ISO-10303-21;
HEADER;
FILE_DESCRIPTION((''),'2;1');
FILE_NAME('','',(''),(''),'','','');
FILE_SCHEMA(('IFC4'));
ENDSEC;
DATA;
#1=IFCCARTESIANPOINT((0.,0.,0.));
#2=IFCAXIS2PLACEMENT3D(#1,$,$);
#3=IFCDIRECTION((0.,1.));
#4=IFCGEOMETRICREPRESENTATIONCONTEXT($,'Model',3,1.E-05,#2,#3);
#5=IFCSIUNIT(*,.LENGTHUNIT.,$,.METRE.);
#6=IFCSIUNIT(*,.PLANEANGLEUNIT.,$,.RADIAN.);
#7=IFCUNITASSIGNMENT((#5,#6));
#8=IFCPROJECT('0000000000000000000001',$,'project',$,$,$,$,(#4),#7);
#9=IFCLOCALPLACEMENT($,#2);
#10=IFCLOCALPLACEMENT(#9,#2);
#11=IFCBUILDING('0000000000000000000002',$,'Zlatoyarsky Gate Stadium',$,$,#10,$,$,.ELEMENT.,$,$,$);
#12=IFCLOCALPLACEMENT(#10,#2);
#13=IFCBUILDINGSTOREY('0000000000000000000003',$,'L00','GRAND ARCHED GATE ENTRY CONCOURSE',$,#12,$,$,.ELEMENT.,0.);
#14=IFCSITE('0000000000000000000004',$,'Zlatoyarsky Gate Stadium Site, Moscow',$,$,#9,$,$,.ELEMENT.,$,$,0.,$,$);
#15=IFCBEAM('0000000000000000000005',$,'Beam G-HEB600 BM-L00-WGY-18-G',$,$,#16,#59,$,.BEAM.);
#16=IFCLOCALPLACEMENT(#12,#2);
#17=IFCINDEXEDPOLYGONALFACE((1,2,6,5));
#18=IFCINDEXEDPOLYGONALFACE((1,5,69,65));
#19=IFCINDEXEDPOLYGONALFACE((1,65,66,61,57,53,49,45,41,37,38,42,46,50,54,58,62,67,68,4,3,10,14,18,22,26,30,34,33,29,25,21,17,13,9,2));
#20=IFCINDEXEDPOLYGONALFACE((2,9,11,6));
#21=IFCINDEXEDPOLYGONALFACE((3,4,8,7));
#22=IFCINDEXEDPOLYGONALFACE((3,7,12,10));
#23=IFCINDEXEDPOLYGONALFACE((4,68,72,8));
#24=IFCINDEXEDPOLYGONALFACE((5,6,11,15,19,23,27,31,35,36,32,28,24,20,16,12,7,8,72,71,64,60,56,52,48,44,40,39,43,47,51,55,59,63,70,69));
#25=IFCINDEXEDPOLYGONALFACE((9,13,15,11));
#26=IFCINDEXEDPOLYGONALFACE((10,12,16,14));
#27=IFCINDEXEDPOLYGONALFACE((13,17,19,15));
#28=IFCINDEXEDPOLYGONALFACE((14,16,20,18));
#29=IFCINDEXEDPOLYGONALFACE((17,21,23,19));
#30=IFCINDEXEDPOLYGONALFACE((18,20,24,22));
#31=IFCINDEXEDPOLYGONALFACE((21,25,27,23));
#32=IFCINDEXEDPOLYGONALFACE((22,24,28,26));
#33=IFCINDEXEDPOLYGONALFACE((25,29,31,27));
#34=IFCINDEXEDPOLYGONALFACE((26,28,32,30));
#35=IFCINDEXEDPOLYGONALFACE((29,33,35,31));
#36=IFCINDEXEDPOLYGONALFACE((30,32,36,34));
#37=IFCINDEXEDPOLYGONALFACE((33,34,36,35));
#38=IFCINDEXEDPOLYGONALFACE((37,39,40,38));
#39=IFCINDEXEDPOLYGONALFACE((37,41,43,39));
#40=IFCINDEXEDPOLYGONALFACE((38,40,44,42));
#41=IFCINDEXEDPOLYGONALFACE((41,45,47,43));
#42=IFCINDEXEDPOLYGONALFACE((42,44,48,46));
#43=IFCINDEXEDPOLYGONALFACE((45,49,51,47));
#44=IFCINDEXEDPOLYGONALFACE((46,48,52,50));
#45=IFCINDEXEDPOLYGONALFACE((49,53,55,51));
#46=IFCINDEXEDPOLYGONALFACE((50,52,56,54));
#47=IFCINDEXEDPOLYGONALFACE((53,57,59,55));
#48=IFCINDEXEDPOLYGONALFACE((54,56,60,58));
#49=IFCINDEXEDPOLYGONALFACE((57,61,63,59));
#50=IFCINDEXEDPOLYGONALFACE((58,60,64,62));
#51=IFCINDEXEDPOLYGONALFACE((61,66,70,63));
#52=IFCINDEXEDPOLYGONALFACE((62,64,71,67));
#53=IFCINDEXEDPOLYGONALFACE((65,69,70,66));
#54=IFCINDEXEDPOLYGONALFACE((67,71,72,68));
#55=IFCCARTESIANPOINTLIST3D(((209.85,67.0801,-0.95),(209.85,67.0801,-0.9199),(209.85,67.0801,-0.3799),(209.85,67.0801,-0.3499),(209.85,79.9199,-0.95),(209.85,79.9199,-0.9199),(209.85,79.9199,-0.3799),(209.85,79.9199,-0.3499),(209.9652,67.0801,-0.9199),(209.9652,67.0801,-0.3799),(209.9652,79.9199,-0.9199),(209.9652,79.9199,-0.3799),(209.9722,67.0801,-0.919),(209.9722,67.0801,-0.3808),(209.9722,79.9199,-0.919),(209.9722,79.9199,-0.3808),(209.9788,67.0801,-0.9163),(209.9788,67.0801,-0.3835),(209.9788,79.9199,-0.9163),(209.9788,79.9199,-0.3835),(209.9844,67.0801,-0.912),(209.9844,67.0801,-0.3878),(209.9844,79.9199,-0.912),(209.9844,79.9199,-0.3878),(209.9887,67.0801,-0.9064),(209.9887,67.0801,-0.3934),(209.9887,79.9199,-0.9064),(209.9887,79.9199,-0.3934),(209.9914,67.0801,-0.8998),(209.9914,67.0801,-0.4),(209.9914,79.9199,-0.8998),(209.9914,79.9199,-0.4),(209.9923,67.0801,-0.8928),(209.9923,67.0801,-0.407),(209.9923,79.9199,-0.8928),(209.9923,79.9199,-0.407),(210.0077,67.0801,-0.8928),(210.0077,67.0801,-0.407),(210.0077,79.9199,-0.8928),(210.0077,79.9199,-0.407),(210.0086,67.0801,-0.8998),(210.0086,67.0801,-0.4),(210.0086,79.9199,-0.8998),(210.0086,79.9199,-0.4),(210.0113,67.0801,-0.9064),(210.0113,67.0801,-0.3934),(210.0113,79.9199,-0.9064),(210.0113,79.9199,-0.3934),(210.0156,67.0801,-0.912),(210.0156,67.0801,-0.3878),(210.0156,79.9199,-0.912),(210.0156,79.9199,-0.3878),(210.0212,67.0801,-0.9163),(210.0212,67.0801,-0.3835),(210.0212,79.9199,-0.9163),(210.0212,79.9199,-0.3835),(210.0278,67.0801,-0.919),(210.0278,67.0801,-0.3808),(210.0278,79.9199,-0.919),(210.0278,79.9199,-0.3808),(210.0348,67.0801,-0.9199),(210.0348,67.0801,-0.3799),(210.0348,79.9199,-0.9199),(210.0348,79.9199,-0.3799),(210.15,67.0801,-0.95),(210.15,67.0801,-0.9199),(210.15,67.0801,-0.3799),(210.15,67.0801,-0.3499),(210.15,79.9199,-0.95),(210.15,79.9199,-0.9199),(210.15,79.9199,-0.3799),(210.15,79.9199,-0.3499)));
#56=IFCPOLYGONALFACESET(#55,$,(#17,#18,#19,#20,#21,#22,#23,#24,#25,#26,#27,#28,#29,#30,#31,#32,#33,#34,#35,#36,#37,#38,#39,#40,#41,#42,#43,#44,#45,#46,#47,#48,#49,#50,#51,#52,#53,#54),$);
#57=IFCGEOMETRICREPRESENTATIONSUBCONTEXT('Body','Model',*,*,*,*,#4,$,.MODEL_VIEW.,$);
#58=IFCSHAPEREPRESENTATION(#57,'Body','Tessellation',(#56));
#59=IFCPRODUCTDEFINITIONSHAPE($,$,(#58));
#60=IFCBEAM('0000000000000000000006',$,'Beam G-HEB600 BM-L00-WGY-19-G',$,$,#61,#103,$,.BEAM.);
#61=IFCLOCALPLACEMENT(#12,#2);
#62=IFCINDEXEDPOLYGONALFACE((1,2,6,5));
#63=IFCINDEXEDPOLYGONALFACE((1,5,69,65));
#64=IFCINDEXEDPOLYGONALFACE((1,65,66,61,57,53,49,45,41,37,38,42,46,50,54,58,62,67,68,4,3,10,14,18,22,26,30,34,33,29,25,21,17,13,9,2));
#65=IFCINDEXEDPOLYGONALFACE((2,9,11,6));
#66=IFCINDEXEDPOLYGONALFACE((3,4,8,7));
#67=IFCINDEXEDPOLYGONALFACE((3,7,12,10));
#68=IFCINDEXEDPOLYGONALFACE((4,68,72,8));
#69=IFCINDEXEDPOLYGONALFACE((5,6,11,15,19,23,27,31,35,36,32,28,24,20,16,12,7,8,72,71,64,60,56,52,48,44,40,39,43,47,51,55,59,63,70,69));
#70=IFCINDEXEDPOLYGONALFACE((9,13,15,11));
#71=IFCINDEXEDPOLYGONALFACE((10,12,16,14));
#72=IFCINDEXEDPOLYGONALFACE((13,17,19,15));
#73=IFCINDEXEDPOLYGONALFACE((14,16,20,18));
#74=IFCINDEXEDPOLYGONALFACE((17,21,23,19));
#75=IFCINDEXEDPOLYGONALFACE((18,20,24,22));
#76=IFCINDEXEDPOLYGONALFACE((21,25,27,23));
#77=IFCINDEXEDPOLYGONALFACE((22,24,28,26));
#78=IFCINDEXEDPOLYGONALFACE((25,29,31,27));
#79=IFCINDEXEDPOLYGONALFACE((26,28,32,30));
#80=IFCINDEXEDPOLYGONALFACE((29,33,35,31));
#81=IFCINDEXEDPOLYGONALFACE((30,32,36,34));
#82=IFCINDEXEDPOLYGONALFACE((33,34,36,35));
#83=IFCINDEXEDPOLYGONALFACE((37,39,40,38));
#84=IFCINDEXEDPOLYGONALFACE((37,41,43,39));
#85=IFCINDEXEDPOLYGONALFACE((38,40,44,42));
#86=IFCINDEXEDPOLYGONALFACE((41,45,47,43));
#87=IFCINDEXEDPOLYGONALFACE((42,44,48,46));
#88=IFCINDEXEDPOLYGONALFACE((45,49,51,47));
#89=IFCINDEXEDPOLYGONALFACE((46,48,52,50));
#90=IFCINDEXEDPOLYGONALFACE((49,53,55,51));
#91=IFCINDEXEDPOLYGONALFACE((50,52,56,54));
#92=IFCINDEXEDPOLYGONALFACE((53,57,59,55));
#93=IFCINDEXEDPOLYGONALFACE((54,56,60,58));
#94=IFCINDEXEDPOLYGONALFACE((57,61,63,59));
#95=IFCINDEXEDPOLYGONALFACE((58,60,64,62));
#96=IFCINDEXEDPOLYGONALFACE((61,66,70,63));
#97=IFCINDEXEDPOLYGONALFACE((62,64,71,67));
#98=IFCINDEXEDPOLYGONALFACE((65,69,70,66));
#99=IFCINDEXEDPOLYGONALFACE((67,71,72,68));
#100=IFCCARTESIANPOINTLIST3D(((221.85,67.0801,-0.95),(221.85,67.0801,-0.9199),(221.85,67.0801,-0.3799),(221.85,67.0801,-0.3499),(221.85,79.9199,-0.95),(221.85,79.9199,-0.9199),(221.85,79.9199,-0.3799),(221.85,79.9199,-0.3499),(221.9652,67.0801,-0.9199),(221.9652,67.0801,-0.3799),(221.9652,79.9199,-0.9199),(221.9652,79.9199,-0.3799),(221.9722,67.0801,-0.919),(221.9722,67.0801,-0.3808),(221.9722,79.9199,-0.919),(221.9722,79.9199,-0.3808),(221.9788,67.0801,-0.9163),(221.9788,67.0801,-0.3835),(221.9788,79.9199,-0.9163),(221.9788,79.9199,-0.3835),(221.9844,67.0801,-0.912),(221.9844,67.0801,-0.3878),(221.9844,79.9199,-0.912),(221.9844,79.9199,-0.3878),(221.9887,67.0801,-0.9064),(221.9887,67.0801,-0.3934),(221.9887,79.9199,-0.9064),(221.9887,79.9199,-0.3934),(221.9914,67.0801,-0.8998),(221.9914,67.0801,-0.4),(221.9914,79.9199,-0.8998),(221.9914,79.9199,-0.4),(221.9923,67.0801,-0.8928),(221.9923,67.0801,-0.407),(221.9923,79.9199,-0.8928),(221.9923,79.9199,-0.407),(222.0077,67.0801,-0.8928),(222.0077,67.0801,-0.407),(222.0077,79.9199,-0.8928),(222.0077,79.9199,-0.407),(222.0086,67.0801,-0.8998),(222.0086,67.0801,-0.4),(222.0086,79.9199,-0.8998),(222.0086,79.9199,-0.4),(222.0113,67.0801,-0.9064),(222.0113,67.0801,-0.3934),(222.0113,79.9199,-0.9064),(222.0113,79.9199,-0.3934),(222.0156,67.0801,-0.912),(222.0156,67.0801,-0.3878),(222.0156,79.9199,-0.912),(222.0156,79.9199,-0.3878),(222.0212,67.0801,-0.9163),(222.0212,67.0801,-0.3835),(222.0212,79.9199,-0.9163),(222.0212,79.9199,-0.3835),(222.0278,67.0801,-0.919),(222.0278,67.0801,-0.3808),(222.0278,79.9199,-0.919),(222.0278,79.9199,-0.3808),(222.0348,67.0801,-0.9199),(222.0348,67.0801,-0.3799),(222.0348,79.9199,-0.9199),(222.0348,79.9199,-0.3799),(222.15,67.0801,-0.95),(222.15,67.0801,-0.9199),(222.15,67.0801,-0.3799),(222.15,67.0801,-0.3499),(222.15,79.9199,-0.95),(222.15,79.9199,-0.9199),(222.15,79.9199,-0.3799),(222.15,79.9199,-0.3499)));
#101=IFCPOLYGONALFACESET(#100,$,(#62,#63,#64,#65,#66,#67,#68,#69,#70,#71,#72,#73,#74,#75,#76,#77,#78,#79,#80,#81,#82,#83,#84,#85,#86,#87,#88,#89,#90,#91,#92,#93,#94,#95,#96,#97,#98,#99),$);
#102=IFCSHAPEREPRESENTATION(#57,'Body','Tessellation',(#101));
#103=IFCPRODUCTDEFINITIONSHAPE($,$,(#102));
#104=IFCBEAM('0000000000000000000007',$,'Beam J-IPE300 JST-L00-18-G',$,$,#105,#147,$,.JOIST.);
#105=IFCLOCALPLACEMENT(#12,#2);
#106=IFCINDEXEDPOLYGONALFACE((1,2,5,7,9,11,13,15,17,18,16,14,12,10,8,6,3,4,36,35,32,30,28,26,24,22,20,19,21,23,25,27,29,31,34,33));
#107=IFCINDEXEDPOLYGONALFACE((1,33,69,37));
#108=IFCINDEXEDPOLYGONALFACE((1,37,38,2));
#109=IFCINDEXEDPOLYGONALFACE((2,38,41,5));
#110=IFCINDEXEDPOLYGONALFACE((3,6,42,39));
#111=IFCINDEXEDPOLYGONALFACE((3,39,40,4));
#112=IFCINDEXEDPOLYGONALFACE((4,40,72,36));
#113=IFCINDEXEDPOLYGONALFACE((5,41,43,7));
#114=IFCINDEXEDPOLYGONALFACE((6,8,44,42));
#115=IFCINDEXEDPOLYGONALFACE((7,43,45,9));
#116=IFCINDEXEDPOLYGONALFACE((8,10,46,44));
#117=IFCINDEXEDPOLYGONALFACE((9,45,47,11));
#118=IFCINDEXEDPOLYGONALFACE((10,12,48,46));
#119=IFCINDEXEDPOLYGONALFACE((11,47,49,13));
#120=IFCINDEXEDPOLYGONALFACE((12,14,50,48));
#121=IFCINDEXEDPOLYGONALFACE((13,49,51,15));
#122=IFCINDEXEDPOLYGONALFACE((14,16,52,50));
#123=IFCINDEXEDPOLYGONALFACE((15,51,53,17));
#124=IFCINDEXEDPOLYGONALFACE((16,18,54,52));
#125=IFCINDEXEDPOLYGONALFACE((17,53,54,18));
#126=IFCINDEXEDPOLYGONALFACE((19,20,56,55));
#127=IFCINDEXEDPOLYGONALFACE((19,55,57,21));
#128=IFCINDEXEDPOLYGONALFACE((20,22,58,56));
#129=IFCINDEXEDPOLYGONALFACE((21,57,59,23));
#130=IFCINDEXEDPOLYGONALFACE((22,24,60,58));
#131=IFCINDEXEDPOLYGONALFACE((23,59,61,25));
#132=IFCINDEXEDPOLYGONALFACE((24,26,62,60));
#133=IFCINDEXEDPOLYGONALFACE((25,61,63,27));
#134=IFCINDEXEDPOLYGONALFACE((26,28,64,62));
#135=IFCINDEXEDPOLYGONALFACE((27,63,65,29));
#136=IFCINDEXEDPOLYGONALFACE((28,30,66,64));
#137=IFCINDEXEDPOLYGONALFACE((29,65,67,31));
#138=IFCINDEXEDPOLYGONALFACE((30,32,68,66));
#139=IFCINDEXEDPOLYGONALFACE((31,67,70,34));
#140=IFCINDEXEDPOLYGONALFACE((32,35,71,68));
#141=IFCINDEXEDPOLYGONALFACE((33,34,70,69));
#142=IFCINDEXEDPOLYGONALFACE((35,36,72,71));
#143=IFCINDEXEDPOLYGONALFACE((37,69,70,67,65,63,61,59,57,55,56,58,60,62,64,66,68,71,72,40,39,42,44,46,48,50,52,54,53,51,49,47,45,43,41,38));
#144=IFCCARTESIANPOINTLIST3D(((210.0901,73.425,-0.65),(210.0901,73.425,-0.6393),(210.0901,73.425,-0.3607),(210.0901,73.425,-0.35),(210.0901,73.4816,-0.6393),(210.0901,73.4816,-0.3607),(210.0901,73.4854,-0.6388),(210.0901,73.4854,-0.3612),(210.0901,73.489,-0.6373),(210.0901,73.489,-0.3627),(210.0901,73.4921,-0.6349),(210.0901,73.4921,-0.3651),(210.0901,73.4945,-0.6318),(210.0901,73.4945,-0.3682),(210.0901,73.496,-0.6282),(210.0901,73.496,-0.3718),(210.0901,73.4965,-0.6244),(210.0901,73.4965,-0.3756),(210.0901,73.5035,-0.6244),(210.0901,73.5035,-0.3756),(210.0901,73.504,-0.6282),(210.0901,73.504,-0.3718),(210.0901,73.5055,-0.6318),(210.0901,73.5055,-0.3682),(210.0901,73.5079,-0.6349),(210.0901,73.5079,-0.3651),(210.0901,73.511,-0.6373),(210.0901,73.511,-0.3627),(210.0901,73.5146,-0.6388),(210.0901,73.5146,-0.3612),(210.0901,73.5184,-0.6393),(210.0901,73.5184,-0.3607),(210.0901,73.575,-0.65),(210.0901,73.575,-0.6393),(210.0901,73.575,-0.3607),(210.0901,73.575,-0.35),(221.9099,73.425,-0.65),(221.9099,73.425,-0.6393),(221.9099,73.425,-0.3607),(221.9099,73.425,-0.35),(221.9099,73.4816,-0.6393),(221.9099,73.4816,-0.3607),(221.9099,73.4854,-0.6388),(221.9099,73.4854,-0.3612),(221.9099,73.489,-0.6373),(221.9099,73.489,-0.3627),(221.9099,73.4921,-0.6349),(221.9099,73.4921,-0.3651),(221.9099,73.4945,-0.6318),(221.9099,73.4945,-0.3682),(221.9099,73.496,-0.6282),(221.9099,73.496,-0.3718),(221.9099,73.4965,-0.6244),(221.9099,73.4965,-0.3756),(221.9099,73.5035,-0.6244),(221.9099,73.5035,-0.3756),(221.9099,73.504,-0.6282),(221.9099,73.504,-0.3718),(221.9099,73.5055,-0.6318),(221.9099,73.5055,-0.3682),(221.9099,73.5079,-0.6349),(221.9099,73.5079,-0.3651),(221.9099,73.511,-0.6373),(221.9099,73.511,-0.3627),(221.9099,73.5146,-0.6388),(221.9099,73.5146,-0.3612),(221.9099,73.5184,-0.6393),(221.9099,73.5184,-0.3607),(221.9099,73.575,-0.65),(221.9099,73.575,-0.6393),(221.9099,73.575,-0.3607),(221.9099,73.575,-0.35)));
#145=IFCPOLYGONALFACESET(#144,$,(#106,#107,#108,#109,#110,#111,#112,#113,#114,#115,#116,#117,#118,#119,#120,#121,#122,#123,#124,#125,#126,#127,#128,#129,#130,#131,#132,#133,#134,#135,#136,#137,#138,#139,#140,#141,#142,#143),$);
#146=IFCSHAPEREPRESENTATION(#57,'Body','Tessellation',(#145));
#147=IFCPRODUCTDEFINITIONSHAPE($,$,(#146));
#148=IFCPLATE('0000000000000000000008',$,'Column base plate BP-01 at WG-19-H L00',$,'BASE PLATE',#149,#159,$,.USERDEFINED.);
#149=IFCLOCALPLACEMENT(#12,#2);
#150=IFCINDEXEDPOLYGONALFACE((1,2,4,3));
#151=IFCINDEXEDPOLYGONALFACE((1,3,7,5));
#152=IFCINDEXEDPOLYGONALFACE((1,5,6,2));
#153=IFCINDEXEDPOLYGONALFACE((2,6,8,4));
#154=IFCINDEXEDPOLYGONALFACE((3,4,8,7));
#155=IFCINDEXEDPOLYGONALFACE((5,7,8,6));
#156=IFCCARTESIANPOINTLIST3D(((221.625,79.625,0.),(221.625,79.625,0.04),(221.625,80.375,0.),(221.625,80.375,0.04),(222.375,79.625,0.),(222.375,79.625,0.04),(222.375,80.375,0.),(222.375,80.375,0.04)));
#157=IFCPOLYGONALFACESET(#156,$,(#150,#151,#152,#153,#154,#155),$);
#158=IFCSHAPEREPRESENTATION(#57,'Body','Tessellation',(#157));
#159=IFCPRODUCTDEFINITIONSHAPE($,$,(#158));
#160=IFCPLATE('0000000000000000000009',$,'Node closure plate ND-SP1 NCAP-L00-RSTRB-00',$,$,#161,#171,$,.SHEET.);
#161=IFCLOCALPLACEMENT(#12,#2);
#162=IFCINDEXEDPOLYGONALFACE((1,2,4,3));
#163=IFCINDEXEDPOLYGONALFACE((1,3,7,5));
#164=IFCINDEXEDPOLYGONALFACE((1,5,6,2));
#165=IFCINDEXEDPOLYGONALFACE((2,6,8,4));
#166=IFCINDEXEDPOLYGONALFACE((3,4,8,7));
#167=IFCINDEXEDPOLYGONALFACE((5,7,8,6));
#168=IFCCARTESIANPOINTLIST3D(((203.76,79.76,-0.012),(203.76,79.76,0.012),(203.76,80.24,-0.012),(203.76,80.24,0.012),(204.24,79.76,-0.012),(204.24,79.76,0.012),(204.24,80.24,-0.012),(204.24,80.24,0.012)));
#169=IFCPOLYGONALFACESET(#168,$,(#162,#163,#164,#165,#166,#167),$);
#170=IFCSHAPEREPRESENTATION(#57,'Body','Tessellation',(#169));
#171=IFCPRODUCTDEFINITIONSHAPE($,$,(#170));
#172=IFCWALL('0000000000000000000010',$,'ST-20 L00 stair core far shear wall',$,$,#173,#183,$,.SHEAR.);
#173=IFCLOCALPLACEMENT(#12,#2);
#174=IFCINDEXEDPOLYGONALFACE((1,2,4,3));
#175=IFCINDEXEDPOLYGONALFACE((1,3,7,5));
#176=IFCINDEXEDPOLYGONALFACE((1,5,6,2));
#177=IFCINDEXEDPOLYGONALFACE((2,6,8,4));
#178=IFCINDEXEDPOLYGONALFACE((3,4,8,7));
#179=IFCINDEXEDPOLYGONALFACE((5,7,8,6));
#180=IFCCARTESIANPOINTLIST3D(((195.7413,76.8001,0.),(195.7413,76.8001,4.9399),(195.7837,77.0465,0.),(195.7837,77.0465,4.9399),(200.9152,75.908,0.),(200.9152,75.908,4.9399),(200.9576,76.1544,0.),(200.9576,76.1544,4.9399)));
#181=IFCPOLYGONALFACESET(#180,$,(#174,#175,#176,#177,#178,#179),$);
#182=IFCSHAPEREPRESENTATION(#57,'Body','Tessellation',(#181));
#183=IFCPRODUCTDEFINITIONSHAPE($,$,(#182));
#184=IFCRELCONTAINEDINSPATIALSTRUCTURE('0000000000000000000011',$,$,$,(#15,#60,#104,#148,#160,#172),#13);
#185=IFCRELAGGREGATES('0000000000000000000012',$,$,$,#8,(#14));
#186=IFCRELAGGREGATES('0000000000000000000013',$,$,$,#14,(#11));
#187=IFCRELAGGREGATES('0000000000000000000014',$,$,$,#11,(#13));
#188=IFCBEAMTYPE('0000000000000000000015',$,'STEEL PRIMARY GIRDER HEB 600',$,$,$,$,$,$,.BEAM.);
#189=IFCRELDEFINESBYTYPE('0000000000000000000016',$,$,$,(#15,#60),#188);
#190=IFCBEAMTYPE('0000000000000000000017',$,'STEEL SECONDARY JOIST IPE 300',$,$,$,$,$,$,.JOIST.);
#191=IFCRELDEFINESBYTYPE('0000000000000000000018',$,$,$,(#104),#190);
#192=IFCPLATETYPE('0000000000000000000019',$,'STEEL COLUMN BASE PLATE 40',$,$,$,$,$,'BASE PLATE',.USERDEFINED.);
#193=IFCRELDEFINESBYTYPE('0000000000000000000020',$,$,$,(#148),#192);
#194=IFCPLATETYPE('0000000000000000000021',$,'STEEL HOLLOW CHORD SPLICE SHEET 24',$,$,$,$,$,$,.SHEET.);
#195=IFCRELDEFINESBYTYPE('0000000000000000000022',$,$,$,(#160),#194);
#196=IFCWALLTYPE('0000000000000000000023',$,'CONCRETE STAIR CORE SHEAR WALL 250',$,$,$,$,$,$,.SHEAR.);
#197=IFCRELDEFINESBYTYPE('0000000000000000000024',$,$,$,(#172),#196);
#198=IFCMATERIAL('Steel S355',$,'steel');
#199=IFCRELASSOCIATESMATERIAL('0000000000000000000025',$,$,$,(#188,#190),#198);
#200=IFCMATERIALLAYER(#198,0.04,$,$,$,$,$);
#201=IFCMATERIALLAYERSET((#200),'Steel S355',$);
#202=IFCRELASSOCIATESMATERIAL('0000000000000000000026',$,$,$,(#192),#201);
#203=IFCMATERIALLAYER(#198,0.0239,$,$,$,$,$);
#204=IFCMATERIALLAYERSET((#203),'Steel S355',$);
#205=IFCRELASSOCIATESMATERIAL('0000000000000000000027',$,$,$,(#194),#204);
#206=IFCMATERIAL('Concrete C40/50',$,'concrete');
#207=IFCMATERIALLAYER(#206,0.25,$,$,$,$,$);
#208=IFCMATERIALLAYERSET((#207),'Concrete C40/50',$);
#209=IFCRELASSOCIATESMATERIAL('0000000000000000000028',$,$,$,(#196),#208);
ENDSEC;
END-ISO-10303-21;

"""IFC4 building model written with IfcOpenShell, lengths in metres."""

from ifc_helpers import new_model, si_unit, direction, frame, frame_2d, origin, origin_2d, place, context, subcontext, project, spatial, rectangle, i_section, extrude, material, layer, layer_set, material_profile, profile_set, type_object, element, save


model = new_model("IFC4")

# Units and contexts
model_context = context("Model", 3, precision=1e-05, world=origin(), true_north=direction((0.0, 1.0)))
body_context = subcontext(model_context, "Body", "Model", "MODEL_VIEW")
ifc_project = project(units=[si_unit("LENGTHUNIT", "METRE"), si_unit("PLANEANGLEUNIT", "RADIAN")], contexts=[model_context])

# Site, building, storey
site_placement = place(None, origin())
site = spatial("IfcSite", under=ifc_project, at=site_placement, Name="Zlatoyarsky Gate Stadium Site, Moscow", CompositionType="ELEMENT", RefElevation=0.0)
building_placement = place(site_placement, origin())
building = spatial("IfcBuilding", under=site, at=building_placement, Name="Zlatoyarsky Gate Stadium", CompositionType="ELEMENT")
storey_placement = place(building_placement, origin())
storey = spatial("IfcBuildingStorey", under=building, at=storey_placement, Name="L00", Description="GRAND ARCHED GATE ENTRY CONCOURSE", CompositionType="ELEMENT", Elevation=0.0)

# Shared definitions
ifc_material_1 = material(Name="Concrete C40/50", Category="concrete")
ifc_material_2 = material(Name="Steel S355", Category="steel")

# Beams
ifc_material_profile_1 = material_profile(ifc_material_2, i_section(OverallWidth=0.3, OverallDepth=0.6001, WebThickness=0.0154, FlangeThickness=0.03, FilletRadius=0.0271, at=origin_2d()), Name="HEB 600")
ifc_profile_set_1 = profile_set([ifc_material_profile_1], Name="Steel S355")
beam_type_1 = type_object("IfcBeamType", Name="STEEL PRIMARY GIRDER HEB 600", PredefinedType="BEAM", material=ifc_profile_set_1)
for number, where, z_axis, x_axis, name in (
    (1, (210.0, 67.0801, -0.6499), (0.0, 1.0, 0.0), (-1.0, 0.0, 0.0), "Beam G-HEB600 BM-L00-WGY-18-G"),
    (2, (222.0, 67.0801, -0.6499), (0.0, 1.0, 0.0), (-1.0, 0.0, 0.0), "Beam G-HEB600 BM-L00-WGY-19-G"),
):
    element("IfcBeam", number, at=place(storey_placement, frame(where, z_axis=z_axis, x_axis=x_axis)), inside=storey, type_object=beam_type_1, Name=name, PredefinedType="BEAM", context=body_context, shape_type="SweptSolid", body=[
        extrude(i_section(OverallWidth=0.3, OverallDepth=0.6001, WebThickness=0.0154, FlangeThickness=0.03, FilletRadius=0.0271, at=origin_2d()), origin(), (0.0, 0.0, 1.0), 12.8398),
    ])
ifc_material_profile_2 = material_profile(ifc_material_2, i_section(OverallWidth=0.1499, OverallDepth=0.3, WebThickness=0.0071, FlangeThickness=0.0107, FilletRadius=0.0149, at=origin_2d()), Name="IPE 300")
ifc_profile_set_2 = profile_set([ifc_material_profile_2], Name="Steel S355")
beam_type_2 = type_object("IfcBeamType", Name="STEEL SECONDARY JOIST IPE 300", PredefinedType="JOIST", material=ifc_profile_set_2)
beam_1_placement = place(storey_placement, frame((210.0901, 73.5, -0.5), z_axis=(1.0, 0.0, 0.0), x_axis=(0.0, 1.0, 0.0)))
element("IfcBeam", 3, at=beam_1_placement, inside=storey, type_object=beam_type_2, Name="Beam J-IPE300 JST-L00-18-G", PredefinedType="JOIST", context=body_context, shape_type="SweptSolid", body=[
    extrude(i_section(OverallWidth=0.1499, OverallDepth=0.3, WebThickness=0.0071, FlangeThickness=0.0107, FilletRadius=0.0149, at=origin_2d()), origin(), (0.0, 0.0, 1.0), 11.8198),
])

# Plates
ifc_layer_1 = layer(ifc_material_2, 0.04)
ifc_layer_set_1 = layer_set([ifc_layer_1], Name="Steel S355")
plate_type_1 = type_object("IfcPlateType", Name="STEEL COLUMN BASE PLATE 40", ElementType="BASE PLATE", PredefinedType="USERDEFINED", material=ifc_layer_set_1)
plate_1_placement = place(storey_placement, frame((222.0, 80.0, 0.0), z_axis=(0.0, 0.0, 1.0), x_axis=(1.0, 0.0, 0.0)))
element("IfcPlate", 4, at=plate_1_placement, inside=storey, type_object=plate_type_1, Name="Column base plate BP-01 at WG-19-H L00", ObjectType="BASE PLATE", PredefinedType="USERDEFINED", context=body_context, shape_type="SweptSolid", body=[
    extrude(rectangle(XDim=0.75, YDim=0.75, at=origin_2d()), origin(), (0.0, 0.0, 1.0), 0.04),
])
ifc_layer_2 = layer(ifc_material_2, 0.0239)
ifc_layer_set_2 = layer_set([ifc_layer_2], Name="Steel S355")
plate_type_2 = type_object("IfcPlateType", Name="STEEL HOLLOW CHORD SPLICE SHEET 24", PredefinedType="SHEET", material=ifc_layer_set_2)
plate_2_placement = place(storey_placement, frame((204.0, 80.0, -0.012), z_axis=(0.0, 0.0, 1.0), x_axis=(1.0, 0.0, 0.0)))
element("IfcPlate", 5, at=plate_2_placement, inside=storey, type_object=plate_type_2, Name="Node closure plate ND-SP1 NCAP-L00-RSTRB-00", PredefinedType="SHEET", context=body_context, shape_type="SweptSolid", body=[
    extrude(rectangle(XDim=0.48, YDim=0.48, at=origin_2d()), origin(), (0.0, 0.0, 1.0), 0.0239),
])

# Wall
ifc_layer_3 = layer(ifc_material_1, 0.25)
ifc_layer_set_3 = layer_set([ifc_layer_3], Name="Concrete C40/50")
wall_type_1 = type_object("IfcWallType", Name="CONCRETE STAIR CORE SHEAR WALL 250", PredefinedType="SHEAR", material=ifc_layer_set_3)
wall_1_placement = place(storey_placement, frame((200.9363, 76.0312, 0.0), z_axis=(0.0, 0.0, 1.0), x_axis=(-0.985459, 0.169916, 0.0)))
element("IfcWall", 6, at=wall_1_placement, inside=storey, type_object=wall_type_1, Name="ST-20 L00 stair core far shear wall", PredefinedType="SHEAR", context=body_context, shape_type="SweptSolid", body=[
    extrude(rectangle(XDim=5.2502, YDim=0.25, at=frame_2d((2.625, 0.0))), origin(), (0.0, 0.0, 1.0), 4.9399),
])

save(model, "model.ifc")
